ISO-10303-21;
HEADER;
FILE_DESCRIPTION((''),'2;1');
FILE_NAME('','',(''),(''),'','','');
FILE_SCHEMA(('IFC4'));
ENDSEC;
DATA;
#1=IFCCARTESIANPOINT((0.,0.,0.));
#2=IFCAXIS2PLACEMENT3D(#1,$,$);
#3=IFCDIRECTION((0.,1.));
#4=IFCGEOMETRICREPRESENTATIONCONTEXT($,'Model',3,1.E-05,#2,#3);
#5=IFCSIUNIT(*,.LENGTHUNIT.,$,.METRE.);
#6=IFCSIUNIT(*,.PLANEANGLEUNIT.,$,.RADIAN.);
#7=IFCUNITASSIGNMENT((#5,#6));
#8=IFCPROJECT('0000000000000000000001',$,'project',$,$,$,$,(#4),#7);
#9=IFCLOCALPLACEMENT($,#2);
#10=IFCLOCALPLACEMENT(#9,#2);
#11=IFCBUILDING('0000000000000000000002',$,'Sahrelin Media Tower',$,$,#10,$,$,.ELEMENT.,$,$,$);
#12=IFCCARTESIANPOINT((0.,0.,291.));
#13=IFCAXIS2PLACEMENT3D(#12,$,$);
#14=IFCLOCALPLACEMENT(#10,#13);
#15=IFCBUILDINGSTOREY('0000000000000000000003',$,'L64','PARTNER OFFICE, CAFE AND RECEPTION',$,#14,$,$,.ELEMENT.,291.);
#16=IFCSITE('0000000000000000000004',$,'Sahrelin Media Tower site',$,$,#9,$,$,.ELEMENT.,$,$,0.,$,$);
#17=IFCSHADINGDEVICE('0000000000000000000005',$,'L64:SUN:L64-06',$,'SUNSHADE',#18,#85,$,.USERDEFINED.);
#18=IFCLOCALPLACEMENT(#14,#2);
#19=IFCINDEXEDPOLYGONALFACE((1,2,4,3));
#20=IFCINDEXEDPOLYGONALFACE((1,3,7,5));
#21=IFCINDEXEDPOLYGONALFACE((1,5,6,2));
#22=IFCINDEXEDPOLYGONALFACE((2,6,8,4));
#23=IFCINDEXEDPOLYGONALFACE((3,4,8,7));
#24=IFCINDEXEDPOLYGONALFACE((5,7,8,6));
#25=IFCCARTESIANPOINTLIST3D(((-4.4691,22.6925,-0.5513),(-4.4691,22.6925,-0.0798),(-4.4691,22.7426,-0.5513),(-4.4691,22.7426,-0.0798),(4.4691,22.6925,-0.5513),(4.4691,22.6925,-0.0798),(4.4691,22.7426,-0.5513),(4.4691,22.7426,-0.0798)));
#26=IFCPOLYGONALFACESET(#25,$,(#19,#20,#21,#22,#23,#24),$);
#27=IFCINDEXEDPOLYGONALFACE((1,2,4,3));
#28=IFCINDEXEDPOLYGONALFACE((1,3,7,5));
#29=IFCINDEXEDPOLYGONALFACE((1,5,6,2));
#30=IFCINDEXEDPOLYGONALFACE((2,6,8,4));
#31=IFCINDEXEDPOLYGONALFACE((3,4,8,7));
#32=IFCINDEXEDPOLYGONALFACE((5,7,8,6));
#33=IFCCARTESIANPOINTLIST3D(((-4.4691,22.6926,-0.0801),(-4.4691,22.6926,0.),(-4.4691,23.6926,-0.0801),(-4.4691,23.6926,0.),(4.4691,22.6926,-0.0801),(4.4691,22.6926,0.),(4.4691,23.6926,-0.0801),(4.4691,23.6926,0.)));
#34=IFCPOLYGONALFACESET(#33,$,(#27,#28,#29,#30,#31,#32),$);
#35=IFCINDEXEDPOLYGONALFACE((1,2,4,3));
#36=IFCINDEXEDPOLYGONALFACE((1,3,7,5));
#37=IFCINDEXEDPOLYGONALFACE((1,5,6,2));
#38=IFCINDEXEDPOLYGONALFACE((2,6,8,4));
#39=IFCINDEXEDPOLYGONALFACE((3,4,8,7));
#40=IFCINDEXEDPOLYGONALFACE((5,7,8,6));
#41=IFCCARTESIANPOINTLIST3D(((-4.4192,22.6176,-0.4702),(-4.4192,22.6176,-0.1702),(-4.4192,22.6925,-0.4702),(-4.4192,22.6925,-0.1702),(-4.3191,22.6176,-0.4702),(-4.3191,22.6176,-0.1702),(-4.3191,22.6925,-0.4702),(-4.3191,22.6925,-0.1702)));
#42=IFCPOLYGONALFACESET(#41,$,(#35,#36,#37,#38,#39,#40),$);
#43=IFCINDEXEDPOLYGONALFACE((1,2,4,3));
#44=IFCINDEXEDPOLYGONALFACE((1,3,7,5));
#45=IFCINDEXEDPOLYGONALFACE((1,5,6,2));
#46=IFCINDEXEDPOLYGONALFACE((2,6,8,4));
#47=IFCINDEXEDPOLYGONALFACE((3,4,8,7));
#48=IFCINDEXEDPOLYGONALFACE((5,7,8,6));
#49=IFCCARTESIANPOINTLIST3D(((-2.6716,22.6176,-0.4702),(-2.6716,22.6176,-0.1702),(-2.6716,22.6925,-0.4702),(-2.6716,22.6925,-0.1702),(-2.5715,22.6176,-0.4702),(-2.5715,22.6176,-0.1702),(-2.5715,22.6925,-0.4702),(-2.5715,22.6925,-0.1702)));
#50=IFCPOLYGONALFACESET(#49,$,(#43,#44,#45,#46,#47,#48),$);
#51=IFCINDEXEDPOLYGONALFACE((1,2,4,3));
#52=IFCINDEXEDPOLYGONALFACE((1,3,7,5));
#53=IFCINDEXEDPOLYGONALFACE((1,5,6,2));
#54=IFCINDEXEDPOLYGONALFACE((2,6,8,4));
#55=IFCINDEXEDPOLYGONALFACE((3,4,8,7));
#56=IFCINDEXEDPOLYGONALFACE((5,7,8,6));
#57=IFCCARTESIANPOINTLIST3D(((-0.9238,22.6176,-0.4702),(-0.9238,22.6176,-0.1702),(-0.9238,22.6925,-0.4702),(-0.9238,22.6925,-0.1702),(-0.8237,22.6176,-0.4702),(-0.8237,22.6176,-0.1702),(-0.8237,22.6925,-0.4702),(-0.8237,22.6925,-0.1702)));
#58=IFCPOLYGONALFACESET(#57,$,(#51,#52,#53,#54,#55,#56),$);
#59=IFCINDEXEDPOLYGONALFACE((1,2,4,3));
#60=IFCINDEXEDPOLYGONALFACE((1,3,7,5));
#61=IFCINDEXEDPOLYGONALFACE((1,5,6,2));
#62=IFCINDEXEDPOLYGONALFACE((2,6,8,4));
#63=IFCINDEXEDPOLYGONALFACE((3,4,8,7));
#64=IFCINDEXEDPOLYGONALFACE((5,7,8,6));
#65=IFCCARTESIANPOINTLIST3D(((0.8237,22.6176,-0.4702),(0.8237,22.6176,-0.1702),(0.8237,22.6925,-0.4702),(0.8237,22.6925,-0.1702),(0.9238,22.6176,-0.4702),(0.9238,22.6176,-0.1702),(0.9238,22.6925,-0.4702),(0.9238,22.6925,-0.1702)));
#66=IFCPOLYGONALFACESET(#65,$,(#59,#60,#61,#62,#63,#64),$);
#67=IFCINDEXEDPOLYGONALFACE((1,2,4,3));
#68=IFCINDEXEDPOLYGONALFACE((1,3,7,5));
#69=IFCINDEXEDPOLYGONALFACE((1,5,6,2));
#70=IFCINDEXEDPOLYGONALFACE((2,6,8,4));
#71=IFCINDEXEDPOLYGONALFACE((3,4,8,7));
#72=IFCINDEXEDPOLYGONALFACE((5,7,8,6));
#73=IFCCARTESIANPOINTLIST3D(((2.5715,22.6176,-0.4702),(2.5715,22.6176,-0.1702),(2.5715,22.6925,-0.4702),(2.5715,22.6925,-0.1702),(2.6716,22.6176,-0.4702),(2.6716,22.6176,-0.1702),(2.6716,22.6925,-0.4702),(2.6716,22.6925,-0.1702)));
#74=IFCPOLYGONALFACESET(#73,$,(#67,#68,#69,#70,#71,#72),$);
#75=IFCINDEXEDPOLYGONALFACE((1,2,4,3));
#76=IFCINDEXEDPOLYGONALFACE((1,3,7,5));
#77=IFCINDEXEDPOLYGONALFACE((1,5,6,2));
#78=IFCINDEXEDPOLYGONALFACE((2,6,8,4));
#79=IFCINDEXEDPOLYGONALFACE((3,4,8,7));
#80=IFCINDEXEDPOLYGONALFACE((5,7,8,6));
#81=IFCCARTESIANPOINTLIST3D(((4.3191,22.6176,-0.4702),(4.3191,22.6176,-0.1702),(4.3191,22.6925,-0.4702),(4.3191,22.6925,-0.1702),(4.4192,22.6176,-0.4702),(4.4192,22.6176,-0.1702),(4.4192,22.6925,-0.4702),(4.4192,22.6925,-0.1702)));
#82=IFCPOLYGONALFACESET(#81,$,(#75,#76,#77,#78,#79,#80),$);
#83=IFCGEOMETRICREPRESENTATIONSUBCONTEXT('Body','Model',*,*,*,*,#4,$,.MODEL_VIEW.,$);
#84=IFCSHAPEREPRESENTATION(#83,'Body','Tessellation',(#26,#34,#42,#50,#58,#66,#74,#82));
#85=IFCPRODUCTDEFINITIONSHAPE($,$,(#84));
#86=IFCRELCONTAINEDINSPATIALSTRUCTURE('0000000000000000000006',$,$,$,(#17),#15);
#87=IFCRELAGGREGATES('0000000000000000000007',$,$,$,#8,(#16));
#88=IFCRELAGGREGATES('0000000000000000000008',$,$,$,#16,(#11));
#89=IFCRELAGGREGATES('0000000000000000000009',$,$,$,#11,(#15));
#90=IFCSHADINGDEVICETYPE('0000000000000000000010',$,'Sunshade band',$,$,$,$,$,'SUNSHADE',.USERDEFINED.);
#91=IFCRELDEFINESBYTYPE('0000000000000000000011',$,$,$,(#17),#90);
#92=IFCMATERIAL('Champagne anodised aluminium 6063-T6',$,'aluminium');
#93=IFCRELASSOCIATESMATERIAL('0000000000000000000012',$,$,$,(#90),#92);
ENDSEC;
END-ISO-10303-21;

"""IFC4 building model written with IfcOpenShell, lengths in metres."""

from ifc_helpers import new_model, si_unit, direction, frame, origin, origin_2d, place, context, subcontext, project, spatial, rectangle, extrude, material, type_object, element, save


model = new_model("IFC4")

# Units and contexts
model_context = context("Model", 3, precision=1e-05, world=origin(), true_north=direction((0.0, 1.0)))
body_context = subcontext(model_context, "Body", "Model", "MODEL_VIEW")
ifc_project = project(units=[si_unit("LENGTHUNIT", "METRE"), si_unit("PLANEANGLEUNIT", "RADIAN")], contexts=[model_context])

# Site, building, storey
site_placement = place(None, origin())
site = spatial("IfcSite", under=ifc_project, at=site_placement, Name="Sahrelin Media Tower site", CompositionType="ELEMENT", RefElevation=0.0)
building_placement = place(site_placement, origin())
building = spatial("IfcBuilding", under=site, at=building_placement, Name="Sahrelin Media Tower", CompositionType="ELEMENT")
storey_placement = place(building_placement, frame((0.0, 0.0, 291.0)))
storey = spatial("IfcBuildingStorey", under=building, at=storey_placement, Name="L64", Description="PARTNER OFFICE, CAFE AND RECEPTION", CompositionType="ELEMENT", Elevation=291.0)

# Shared definitions
ifc_material_1 = material(Name="Champagne anodised aluminium 6063-T6", Category="aluminium")
placement_1 = place(storey_placement, frame((0.0, 22.6726, 0.0), z_axis=(0.0, 0.0, 1.0), x_axis=(1.0, 0.0, 0.0)))

# Shading device
shading_device_type_1 = type_object("IfcShadingDeviceType", Name="Sunshade band", ElementType="SUNSHADE", PredefinedType="USERDEFINED", material=ifc_material_1)
element("IfcShadingDevice", 1, at=placement_1, inside=storey, type_object=shading_device_type_1, Name="L64:SUN:L64-06", ObjectType="SUNSHADE", PredefinedType="USERDEFINED", context=body_context, shape_type="SweptSolid", body=[
    extrude(rectangle(XDim=8.9382, YDim=0.05, at=origin_2d()), frame((0.0, 0.0449, -0.5513)), (0.0, 0.0, 1.0), 0.4714),
    extrude(rectangle(XDim=8.9382, YDim=1.0, at=origin_2d()), frame((0.0, 0.52, -0.0801)), (0.0, 0.0, 1.0), 0.0801),
    extrude(rectangle(XDim=0.1001, YDim=0.075, at=origin_2d()), frame((-4.3691, -0.0176, -0.4702)), (0.0, 0.0, 1.0), 0.3),
    extrude(rectangle(XDim=0.1001, YDim=0.075, at=origin_2d()), frame((-2.6216, -0.0176, -0.4702)), (0.0, 0.0, 1.0), 0.3),
    extrude(rectangle(XDim=0.1001, YDim=0.075, at=origin_2d()), frame((-0.8738, -0.0176, -0.4702)), (0.0, 0.0, 1.0), 0.3),
    extrude(rectangle(XDim=0.1001, YDim=0.075, at=origin_2d()), frame((0.8738, -0.0176, -0.4702)), (0.0, 0.0, 1.0), 0.3),
    extrude(rectangle(XDim=0.1001, YDim=0.075, at=origin_2d()), frame((2.6216, -0.0176, -0.4702)), (0.0, 0.0, 1.0), 0.3),
    extrude(rectangle(XDim=0.1001, YDim=0.075, at=origin_2d()), frame((4.3691, -0.0176, -0.4702)), (0.0, 0.0, 1.0), 0.3),
])

save(model, "model.ifc")
